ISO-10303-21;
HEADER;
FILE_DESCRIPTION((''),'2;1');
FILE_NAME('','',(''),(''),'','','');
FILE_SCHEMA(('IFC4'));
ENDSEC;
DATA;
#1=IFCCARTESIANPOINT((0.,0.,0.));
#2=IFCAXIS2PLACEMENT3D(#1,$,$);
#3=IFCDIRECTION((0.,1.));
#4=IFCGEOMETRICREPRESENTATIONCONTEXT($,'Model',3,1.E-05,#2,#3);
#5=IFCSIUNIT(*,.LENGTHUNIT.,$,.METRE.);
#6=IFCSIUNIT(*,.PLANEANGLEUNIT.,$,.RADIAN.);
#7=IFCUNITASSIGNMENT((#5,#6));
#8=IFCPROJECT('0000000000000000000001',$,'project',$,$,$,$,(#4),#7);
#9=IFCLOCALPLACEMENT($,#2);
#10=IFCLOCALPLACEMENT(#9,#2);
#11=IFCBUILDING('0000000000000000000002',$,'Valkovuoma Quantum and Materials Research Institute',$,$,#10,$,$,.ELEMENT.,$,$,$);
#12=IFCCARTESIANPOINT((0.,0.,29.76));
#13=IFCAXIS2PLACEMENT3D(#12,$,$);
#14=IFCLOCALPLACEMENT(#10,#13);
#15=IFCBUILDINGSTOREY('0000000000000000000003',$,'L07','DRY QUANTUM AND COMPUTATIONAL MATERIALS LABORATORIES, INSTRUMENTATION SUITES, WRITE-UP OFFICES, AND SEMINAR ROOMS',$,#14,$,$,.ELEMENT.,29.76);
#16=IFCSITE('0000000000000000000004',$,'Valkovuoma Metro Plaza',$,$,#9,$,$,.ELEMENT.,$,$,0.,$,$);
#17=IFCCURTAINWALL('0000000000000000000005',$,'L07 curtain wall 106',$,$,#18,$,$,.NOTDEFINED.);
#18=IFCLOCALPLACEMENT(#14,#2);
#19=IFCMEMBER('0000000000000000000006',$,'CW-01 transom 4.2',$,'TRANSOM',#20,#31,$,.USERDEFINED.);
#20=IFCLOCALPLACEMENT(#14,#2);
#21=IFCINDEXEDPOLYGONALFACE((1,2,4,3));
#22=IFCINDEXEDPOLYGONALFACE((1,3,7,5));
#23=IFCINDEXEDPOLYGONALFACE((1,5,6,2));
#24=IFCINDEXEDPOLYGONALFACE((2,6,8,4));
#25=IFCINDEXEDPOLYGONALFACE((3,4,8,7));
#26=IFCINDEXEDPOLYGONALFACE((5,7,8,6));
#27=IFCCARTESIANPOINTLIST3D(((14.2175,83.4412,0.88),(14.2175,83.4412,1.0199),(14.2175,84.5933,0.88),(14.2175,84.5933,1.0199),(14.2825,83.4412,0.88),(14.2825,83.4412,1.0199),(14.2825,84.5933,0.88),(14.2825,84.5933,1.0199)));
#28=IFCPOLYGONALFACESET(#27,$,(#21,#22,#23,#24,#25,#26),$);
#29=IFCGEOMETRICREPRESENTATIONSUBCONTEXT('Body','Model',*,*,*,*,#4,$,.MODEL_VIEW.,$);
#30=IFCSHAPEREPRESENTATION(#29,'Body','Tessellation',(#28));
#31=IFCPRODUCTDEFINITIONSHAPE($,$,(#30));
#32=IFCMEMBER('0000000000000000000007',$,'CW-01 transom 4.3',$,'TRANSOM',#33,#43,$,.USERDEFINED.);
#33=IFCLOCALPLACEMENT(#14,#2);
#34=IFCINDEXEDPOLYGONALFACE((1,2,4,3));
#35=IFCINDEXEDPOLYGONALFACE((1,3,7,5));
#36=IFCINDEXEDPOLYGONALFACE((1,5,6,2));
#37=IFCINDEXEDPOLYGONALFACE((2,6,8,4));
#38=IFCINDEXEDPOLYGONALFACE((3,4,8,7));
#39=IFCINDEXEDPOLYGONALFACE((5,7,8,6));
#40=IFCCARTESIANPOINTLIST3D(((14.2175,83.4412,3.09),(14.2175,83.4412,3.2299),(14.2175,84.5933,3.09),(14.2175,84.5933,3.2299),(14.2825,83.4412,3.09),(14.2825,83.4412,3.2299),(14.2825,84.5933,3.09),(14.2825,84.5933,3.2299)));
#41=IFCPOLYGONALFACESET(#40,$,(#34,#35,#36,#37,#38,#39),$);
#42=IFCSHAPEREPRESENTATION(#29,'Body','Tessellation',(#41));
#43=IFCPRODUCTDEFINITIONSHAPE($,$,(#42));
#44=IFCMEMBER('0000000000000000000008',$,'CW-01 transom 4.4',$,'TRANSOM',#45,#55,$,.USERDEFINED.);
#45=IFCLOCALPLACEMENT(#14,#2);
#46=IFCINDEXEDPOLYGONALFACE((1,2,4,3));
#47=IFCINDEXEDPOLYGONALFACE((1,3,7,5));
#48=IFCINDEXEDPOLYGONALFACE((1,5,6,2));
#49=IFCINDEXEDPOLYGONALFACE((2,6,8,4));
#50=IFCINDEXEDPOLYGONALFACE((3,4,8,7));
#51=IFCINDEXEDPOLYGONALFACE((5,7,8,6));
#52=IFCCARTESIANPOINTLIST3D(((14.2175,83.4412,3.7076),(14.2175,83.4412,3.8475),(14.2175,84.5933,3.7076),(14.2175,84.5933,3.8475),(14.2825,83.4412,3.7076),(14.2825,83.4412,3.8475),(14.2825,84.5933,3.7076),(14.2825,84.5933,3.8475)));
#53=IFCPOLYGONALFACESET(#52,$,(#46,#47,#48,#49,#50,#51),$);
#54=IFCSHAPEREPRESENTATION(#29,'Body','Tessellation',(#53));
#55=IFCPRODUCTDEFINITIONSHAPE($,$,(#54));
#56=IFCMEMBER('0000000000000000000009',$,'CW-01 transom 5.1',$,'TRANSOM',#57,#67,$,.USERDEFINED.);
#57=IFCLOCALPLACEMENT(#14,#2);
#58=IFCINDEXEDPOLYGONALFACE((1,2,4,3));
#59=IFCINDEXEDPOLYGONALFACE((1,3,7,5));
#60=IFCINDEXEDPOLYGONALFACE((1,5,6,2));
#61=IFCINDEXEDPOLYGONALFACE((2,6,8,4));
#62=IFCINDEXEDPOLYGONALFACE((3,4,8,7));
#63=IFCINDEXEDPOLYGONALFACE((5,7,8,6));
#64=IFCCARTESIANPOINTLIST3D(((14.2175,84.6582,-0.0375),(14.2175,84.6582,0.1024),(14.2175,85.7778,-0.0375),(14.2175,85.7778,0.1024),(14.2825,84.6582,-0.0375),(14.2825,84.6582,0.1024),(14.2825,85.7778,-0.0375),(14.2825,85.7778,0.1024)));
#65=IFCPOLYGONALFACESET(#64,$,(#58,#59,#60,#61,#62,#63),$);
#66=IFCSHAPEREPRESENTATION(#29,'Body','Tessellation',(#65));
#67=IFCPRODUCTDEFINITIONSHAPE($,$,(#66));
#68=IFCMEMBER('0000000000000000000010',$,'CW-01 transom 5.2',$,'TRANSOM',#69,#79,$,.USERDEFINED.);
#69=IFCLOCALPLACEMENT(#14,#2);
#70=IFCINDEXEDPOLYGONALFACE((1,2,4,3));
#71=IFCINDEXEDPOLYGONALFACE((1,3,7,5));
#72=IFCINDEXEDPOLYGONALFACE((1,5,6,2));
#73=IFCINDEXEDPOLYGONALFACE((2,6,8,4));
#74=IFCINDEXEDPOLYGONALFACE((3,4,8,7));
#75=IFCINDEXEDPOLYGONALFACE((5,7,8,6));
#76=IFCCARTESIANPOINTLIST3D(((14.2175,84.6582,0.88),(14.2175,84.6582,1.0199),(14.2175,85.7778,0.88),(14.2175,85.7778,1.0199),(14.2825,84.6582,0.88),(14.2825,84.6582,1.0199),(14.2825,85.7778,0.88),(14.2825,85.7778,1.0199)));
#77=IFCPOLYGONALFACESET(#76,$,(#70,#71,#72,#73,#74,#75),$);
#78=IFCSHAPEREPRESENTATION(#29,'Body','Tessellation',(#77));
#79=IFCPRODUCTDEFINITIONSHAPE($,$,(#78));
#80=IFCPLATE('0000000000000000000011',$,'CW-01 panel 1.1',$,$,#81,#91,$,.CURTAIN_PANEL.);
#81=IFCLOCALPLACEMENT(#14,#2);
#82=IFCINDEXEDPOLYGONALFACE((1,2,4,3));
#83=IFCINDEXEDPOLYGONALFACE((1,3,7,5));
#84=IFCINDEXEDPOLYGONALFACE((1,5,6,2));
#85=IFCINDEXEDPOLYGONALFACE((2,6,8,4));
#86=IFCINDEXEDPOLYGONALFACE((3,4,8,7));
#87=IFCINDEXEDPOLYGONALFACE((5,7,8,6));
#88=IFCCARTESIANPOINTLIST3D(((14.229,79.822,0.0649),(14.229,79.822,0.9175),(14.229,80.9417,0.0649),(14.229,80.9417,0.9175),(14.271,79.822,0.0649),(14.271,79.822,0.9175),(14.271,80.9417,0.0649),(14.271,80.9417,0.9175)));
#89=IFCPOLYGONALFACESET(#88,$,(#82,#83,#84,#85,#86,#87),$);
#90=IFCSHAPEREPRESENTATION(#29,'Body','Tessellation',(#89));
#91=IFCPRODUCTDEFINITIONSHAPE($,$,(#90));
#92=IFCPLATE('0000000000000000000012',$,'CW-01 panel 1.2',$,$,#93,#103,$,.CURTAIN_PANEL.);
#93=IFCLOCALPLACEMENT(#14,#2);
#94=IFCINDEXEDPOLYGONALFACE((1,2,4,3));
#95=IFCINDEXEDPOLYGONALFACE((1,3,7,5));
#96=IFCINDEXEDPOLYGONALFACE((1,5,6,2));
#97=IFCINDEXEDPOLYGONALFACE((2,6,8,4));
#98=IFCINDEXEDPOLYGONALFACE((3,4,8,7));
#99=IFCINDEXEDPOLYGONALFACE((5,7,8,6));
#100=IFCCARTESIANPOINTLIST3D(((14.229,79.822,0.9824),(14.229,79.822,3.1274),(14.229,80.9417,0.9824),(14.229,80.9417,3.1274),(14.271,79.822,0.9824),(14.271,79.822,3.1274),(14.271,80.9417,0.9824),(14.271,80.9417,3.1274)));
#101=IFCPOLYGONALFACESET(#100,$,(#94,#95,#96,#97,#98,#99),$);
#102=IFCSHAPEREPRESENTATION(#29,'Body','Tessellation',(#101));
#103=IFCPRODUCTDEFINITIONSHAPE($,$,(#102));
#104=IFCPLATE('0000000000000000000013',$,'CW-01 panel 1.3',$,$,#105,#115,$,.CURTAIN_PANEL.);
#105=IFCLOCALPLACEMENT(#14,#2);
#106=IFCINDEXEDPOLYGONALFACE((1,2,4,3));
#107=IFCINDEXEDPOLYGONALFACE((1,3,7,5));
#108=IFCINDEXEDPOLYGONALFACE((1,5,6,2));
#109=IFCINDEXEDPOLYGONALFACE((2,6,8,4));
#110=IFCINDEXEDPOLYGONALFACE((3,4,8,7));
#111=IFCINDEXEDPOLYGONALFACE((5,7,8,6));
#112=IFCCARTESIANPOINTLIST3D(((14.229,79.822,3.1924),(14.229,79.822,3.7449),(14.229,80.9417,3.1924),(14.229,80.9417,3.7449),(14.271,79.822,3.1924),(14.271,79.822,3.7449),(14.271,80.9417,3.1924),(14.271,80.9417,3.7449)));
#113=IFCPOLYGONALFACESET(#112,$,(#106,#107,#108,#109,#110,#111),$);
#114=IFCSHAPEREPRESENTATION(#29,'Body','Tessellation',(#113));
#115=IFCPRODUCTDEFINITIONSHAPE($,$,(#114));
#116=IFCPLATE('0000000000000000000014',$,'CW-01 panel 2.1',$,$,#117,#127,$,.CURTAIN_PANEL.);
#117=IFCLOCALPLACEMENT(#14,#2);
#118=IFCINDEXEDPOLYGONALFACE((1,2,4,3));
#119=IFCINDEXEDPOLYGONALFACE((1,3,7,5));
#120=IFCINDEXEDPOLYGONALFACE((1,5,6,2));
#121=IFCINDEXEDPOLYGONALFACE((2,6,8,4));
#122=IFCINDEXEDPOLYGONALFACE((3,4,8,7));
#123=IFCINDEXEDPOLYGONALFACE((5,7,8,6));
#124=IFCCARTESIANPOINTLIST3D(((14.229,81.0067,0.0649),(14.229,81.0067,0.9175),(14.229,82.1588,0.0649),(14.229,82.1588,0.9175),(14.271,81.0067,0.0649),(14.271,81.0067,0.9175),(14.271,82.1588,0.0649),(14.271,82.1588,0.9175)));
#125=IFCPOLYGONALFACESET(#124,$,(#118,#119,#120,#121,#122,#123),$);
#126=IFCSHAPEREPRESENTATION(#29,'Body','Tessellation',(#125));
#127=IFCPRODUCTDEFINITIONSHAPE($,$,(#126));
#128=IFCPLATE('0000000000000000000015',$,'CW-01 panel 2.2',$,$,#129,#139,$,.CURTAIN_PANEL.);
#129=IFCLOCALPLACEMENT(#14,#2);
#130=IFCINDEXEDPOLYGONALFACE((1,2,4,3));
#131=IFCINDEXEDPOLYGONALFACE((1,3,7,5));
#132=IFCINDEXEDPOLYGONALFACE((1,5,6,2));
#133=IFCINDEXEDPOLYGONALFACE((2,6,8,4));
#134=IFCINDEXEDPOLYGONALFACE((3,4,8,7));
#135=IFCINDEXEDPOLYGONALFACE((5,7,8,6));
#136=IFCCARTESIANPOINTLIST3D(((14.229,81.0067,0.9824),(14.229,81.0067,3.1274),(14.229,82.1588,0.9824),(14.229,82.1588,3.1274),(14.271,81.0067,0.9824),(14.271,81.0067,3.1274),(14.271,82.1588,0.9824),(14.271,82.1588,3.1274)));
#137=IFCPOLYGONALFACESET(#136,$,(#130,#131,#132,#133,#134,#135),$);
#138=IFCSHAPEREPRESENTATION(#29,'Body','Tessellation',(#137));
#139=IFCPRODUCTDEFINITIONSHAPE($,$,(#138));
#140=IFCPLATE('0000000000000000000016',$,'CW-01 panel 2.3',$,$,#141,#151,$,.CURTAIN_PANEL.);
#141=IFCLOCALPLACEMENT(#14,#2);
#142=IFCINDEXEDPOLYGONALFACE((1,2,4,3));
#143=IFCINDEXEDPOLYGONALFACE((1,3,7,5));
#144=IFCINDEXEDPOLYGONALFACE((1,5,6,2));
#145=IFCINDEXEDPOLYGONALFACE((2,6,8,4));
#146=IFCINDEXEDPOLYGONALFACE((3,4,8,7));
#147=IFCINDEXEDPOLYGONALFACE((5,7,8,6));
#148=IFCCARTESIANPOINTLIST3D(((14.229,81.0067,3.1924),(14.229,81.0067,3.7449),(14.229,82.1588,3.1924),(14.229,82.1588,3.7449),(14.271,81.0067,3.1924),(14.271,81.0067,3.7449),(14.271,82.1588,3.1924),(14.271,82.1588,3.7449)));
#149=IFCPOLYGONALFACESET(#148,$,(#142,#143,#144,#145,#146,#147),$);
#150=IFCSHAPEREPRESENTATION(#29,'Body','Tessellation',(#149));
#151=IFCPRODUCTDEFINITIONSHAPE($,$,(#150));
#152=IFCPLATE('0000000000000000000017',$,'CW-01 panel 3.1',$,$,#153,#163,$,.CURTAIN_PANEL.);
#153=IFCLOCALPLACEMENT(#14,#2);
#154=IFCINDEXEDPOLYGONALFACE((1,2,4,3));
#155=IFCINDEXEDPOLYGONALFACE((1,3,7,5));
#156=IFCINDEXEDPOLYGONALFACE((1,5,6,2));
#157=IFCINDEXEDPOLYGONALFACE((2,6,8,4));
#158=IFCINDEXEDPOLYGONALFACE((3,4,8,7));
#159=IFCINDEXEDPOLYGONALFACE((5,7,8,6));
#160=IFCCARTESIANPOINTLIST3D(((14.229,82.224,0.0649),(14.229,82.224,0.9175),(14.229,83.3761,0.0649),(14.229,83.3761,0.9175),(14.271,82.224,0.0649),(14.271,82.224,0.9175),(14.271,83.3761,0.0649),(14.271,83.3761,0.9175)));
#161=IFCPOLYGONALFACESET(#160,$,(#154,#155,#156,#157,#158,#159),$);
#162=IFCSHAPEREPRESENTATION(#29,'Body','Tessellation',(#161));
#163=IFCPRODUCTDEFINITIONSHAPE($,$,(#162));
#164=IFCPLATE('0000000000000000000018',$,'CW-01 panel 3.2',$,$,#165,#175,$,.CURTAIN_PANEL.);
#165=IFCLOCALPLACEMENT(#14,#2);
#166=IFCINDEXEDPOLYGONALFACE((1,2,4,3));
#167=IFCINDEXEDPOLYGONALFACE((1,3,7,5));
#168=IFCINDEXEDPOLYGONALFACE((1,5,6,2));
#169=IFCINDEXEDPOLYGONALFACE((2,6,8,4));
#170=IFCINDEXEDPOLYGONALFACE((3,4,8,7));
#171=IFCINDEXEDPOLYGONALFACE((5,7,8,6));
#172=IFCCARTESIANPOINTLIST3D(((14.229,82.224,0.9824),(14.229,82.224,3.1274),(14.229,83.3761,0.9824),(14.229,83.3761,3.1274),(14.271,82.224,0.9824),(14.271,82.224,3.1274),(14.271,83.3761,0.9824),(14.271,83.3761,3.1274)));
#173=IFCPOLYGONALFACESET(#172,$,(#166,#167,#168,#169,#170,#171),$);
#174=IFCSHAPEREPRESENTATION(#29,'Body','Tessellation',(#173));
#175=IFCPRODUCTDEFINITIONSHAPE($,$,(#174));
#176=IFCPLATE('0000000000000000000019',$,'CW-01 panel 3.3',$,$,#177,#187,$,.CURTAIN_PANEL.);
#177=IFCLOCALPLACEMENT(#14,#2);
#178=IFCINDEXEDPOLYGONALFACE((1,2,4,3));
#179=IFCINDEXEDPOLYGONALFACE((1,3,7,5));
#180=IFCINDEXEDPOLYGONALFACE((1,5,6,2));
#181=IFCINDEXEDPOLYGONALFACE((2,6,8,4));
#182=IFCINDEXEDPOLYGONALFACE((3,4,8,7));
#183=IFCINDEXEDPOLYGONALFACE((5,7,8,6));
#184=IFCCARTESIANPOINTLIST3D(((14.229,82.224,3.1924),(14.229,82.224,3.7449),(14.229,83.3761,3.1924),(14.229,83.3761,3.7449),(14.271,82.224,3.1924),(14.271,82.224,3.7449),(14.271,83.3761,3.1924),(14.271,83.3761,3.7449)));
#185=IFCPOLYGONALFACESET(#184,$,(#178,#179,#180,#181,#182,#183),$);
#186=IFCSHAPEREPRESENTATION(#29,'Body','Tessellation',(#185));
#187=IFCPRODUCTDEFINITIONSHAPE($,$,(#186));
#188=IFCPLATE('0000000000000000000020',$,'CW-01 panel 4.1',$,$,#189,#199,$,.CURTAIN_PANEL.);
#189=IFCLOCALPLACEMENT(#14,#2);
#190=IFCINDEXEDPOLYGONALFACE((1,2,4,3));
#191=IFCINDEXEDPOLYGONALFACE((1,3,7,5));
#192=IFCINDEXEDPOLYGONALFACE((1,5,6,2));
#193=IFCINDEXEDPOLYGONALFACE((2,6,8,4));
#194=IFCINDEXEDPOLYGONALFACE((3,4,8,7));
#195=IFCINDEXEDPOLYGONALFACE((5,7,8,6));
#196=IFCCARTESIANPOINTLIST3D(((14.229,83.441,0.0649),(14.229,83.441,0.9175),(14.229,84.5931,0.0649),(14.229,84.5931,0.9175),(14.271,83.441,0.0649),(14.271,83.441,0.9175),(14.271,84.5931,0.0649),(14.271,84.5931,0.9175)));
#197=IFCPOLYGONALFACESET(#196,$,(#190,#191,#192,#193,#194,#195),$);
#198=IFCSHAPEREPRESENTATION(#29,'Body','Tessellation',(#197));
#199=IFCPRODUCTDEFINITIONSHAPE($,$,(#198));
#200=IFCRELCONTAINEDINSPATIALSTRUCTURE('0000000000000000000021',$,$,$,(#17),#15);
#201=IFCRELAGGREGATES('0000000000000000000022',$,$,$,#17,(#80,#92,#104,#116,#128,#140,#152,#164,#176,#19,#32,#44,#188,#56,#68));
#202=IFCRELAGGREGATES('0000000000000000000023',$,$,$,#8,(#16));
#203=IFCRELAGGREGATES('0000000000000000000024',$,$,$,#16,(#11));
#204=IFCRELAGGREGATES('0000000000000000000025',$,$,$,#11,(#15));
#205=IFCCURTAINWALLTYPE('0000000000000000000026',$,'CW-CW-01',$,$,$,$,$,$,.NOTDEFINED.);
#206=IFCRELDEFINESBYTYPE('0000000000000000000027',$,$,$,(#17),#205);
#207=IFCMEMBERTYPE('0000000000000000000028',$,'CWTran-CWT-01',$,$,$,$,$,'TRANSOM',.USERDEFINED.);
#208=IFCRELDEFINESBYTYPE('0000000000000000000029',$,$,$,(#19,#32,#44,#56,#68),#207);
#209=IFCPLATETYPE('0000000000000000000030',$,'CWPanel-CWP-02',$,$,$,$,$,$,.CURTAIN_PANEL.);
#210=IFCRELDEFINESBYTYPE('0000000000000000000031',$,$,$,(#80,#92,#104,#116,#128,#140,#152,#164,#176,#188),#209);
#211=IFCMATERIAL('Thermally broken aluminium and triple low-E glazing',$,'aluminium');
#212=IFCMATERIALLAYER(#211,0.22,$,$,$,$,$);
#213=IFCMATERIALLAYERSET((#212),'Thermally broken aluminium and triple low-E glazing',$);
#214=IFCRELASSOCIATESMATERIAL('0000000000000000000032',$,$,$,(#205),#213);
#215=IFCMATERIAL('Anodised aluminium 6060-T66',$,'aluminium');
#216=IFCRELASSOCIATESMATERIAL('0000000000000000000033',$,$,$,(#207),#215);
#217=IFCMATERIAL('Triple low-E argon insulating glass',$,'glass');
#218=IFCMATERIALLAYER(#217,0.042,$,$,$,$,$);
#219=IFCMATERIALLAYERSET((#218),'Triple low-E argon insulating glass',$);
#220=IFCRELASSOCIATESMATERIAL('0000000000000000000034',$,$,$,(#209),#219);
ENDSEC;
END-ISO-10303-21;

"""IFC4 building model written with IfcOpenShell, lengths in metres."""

from ifc_helpers import new_model, si_unit, direction, frame, origin, origin_2d, place, context, subcontext, project, spatial, rectangle, extrude, material, layer, layer_set, material_profile, profile_set, type_object, element, aggregate, save


model = new_model("IFC4")

# Units and contexts
model_context = context("Model", 3, precision=1e-05, world=origin(), true_north=direction((0.0, 1.0)))
body_context = subcontext(model_context, "Body", "Model", "MODEL_VIEW")
ifc_project = project(units=[si_unit("LENGTHUNIT", "METRE"), si_unit("PLANEANGLEUNIT", "RADIAN")], contexts=[model_context])

# Site, building, storey
site_placement = place(None, origin())
site = spatial("IfcSite", under=ifc_project, at=site_placement, Name="Valkovuoma Metro Plaza", CompositionType="ELEMENT", RefElevation=0.0)
building_placement = place(site_placement, origin())
building = spatial("IfcBuilding", under=site, at=building_placement, Name="Valkovuoma Quantum and Materials Research Institute", CompositionType="ELEMENT")
storey_placement = place(building_placement, frame((0.0, 0.0, 29.76)))
storey = spatial("IfcBuildingStorey", under=building, at=storey_placement, Name="L07", Description="DRY QUANTUM AND COMPUTATIONAL MATERIALS LABORATORIES, INSTRUMENTATION SUITES, WRITE-UP OFFICES, AND SEMINAR ROOMS", CompositionType="ELEMENT", Elevation=29.76)

# Curtain wall, members, plates
ifc_material_1 = material(Name="Thermally broken aluminium and triple low-E glazing", Category="aluminium")
ifc_layer_1 = layer(ifc_material_1, 0.22)
ifc_layer_set_1 = layer_set([ifc_layer_1], Name="Thermally broken aluminium and triple low-E glazing")
curtain_wall_type = type_object("IfcCurtainWallType", Name="CW-CW-01", PredefinedType="NOTDEFINED", material=ifc_layer_set_1)
curtain_wall_placement = place(storey_placement, origin())
curtain_wall = element("IfcCurtainWall", 1, at=curtain_wall_placement, inside=storey, type_object=curtain_wall_type, Name="L07 curtain wall 106", PredefinedType="NOTDEFINED")
ifc_material_2 = material(Name="Anodised aluminium 6060-T66", Category="aluminium")
ifc_material_profile_1 = material_profile(ifc_material_2, rectangle(XDim=0.0649, YDim=0.1399, at=origin_2d()), Name="Anodised aluminium 6060-T66")
ifc_profile_set_1 = profile_set([ifc_material_profile_1], Name="Anodised aluminium 6060-T66")
member_type_1 = type_object("IfcMemberType", Name="CWTran-CWT-01", ElementType="TRANSOM", PredefinedType="USERDEFINED", material=ifc_profile_set_1)
member_1_placement = place(storey_placement, frame((14.25, 83.4412, 0.95), z_axis=(0.0, 1.0, 0.0), x_axis=(-1.0, 0.0, 0.0)))
member_1 = element("IfcMember", 2, at=member_1_placement, type_object=member_type_1, Name="CW-01 transom 4.2", ObjectType="TRANSOM", PredefinedType="USERDEFINED", context=body_context, shape_type="SweptSolid", body=[
    extrude(rectangle(XDim=0.0649, YDim=0.1399, at=origin_2d()), origin(), (0.0, 0.0, 1.0), 1.1521),
])
member_2_placement = place(storey_placement, frame((14.25, 83.4412, 3.1599), z_axis=(0.0, 1.0, 0.0), x_axis=(-1.0, 0.0, 0.0)))
member_2 = element("IfcMember", 3, at=member_2_placement, type_object=member_type_1, Name="CW-01 transom 4.3", ObjectType="TRANSOM", PredefinedType="USERDEFINED", context=body_context, shape_type="SweptSolid", body=[
    extrude(rectangle(XDim=0.0649, YDim=0.1399, at=origin_2d()), origin(), (0.0, 0.0, 1.0), 1.1521),
])
member_3_placement = place(storey_placement, frame((14.25, 83.4412, 3.7776), z_axis=(0.0, 1.0, 0.0), x_axis=(-1.0, 0.0, 0.0)))
member_3 = element("IfcMember", 4, at=member_3_placement, type_object=member_type_1, Name="CW-01 transom 4.4", ObjectType="TRANSOM", PredefinedType="USERDEFINED", context=body_context, shape_type="SweptSolid", body=[
    extrude(rectangle(XDim=0.0649, YDim=0.1399, at=origin_2d()), origin(), (0.0, 0.0, 1.0), 1.1521),
])
member_4_placement = place(storey_placement, frame((14.25, 84.6582, 0.0325), z_axis=(0.0, 1.0, 0.0), x_axis=(-1.0, 0.0, 0.0)))
member_4 = element("IfcMember", 5, at=member_4_placement, type_object=member_type_1, Name="CW-01 transom 5.1", ObjectType="TRANSOM", PredefinedType="USERDEFINED", context=body_context, shape_type="SweptSolid", body=[
    extrude(rectangle(XDim=0.0649, YDim=0.1399, at=origin_2d()), origin(), (0.0, 0.0, 1.0), 1.1196),
])
member_5_placement = place(storey_placement, frame((14.25, 84.6582, 0.95), z_axis=(0.0, 1.0, 0.0), x_axis=(-1.0, 0.0, 0.0)))
member_5 = element("IfcMember", 6, at=member_5_placement, type_object=member_type_1, Name="CW-01 transom 5.2", ObjectType="TRANSOM", PredefinedType="USERDEFINED", context=body_context, shape_type="SweptSolid", body=[
    extrude(rectangle(XDim=0.0649, YDim=0.1399, at=origin_2d()), origin(), (0.0, 0.0, 1.0), 1.1196),
])
ifc_material_3 = material(Name="Triple low-E argon insulating glass", Category="glass")
ifc_layer_2 = layer(ifc_material_3, 0.042)
ifc_layer_set_2 = layer_set([ifc_layer_2], Name="Triple low-E argon insulating glass")
plate_type = type_object("IfcPlateType", Name="CWPanel-CWP-02", PredefinedType="CURTAIN_PANEL", material=ifc_layer_set_2)
plate_1_placement = place(storey_placement, frame((14.25, 80.3818, 0.0649), z_axis=(0.0, 0.0, 1.0), x_axis=(0.0, 1.0, 0.0)))
plate_1 = element("IfcPlate", 7, at=plate_1_placement, type_object=plate_type, Name="CW-01 panel 1.1", PredefinedType="CURTAIN_PANEL", context=body_context, shape_type="SweptSolid", body=[
    extrude(rectangle(XDim=1.1196, YDim=0.042, at=origin_2d()), origin(), (0.0, 0.0, 1.0), 0.8525),
])
plate_2_placement = place(storey_placement, frame((14.25, 80.3818, 0.9824), z_axis=(0.0, 0.0, 1.0), x_axis=(0.0, 1.0, 0.0)))
plate_2 = element("IfcPlate", 8, at=plate_2_placement, type_object=plate_type, Name="CW-01 panel 1.2", PredefinedType="CURTAIN_PANEL", context=body_context, shape_type="SweptSolid", body=[
    extrude(rectangle(XDim=1.1196, YDim=0.042, at=origin_2d()), origin(), (0.0, 0.0, 1.0), 2.145),
])
plate_3_placement = place(storey_placement, frame((14.25, 80.3818, 3.1924), z_axis=(0.0, 0.0, 1.0), x_axis=(0.0, 1.0, 0.0)))
plate_3 = element("IfcPlate", 9, at=plate_3_placement, type_object=plate_type, Name="CW-01 panel 1.3", PredefinedType="CURTAIN_PANEL", context=body_context, shape_type="SweptSolid", body=[
    extrude(rectangle(XDim=1.1196, YDim=0.042, at=origin_2d()), origin(), (0.0, 0.0, 1.0), 0.5525),
])
plate_4_placement = place(storey_placement, frame((14.25, 81.5828, 0.0649), z_axis=(0.0, 0.0, 1.0), x_axis=(0.0, 1.0, 0.0)))
plate_4 = element("IfcPlate", 10, at=plate_4_placement, type_object=plate_type, Name="CW-01 panel 2.1", PredefinedType="CURTAIN_PANEL", context=body_context, shape_type="SweptSolid", body=[
    extrude(rectangle(XDim=1.1521, YDim=0.042, at=origin_2d()), origin(), (0.0, 0.0, 1.0), 0.8525),
])
plate_5_placement = place(storey_placement, frame((14.25, 81.5828, 0.9824), z_axis=(0.0, 0.0, 1.0), x_axis=(0.0, 1.0, 0.0)))
plate_5 = element("IfcPlate", 11, at=plate_5_placement, type_object=plate_type, Name="CW-01 panel 2.2", PredefinedType="CURTAIN_PANEL", context=body_context, shape_type="SweptSolid", body=[
    extrude(rectangle(XDim=1.1521, YDim=0.042, at=origin_2d()), origin(), (0.0, 0.0, 1.0), 2.145),
])
plate_6_placement = place(storey_placement, frame((14.25, 81.5828, 3.1924), z_axis=(0.0, 0.0, 1.0), x_axis=(0.0, 1.0, 0.0)))
plate_6 = element("IfcPlate", 12, at=plate_6_placement, type_object=plate_type, Name="CW-01 panel 2.3", PredefinedType="CURTAIN_PANEL", context=body_context, shape_type="SweptSolid", body=[
    extrude(rectangle(XDim=1.1521, YDim=0.042, at=origin_2d()), origin(), (0.0, 0.0, 1.0), 0.5525),
])
plate_7_placement = place(storey_placement, frame((14.25, 82.8, 0.0649), z_axis=(0.0, 0.0, 1.0), x_axis=(0.0, 1.0, 0.0)))
plate_7 = element("IfcPlate", 13, at=plate_7_placement, type_object=plate_type, Name="CW-01 panel 3.1", PredefinedType="CURTAIN_PANEL", context=body_context, shape_type="SweptSolid", body=[
    extrude(rectangle(XDim=1.1521, YDim=0.042, at=origin_2d()), origin(), (0.0, 0.0, 1.0), 0.8525),
])
plate_8_placement = place(storey_placement, frame((14.25, 82.8, 0.9824), z_axis=(0.0, 0.0, 1.0), x_axis=(0.0, 1.0, 0.0)))
plate_8 = element("IfcPlate", 14, at=plate_8_placement, type_object=plate_type, Name="CW-01 panel 3.2", PredefinedType="CURTAIN_PANEL", context=body_context, shape_type="SweptSolid", body=[
    extrude(rectangle(XDim=1.1521, YDim=0.042, at=origin_2d()), origin(), (0.0, 0.0, 1.0), 2.145),
])
plate_9_placement = place(storey_placement, frame((14.25, 82.8, 3.1924), z_axis=(0.0, 0.0, 1.0), x_axis=(0.0, 1.0, 0.0)))
plate_9 = element("IfcPlate", 15, at=plate_9_placement, type_object=plate_type, Name="CW-01 panel 3.3", PredefinedType="CURTAIN_PANEL", context=body_context, shape_type="SweptSolid", body=[
    extrude(rectangle(XDim=1.1521, YDim=0.042, at=origin_2d()), origin(), (0.0, 0.0, 1.0), 0.5525),
])
plate_10_placement = place(storey_placement, frame((14.25, 84.0171, 0.0649), z_axis=(0.0, 0.0, 1.0), x_axis=(0.0, 1.0, 0.0)))
plate_10 = element("IfcPlate", 16, at=plate_10_placement, type_object=plate_type, Name="CW-01 panel 4.1", PredefinedType="CURTAIN_PANEL", context=body_context, shape_type="SweptSolid", body=[
    extrude(rectangle(XDim=1.1521, YDim=0.042, at=origin_2d()), origin(), (0.0, 0.0, 1.0), 0.8525),
])
aggregate(curtain_wall, [plate_1, plate_2, plate_3, plate_4, plate_5, plate_6, plate_7, plate_8, plate_9, member_1, member_2, member_3, plate_10, member_4, member_5])

save(model, "model.ifc")
